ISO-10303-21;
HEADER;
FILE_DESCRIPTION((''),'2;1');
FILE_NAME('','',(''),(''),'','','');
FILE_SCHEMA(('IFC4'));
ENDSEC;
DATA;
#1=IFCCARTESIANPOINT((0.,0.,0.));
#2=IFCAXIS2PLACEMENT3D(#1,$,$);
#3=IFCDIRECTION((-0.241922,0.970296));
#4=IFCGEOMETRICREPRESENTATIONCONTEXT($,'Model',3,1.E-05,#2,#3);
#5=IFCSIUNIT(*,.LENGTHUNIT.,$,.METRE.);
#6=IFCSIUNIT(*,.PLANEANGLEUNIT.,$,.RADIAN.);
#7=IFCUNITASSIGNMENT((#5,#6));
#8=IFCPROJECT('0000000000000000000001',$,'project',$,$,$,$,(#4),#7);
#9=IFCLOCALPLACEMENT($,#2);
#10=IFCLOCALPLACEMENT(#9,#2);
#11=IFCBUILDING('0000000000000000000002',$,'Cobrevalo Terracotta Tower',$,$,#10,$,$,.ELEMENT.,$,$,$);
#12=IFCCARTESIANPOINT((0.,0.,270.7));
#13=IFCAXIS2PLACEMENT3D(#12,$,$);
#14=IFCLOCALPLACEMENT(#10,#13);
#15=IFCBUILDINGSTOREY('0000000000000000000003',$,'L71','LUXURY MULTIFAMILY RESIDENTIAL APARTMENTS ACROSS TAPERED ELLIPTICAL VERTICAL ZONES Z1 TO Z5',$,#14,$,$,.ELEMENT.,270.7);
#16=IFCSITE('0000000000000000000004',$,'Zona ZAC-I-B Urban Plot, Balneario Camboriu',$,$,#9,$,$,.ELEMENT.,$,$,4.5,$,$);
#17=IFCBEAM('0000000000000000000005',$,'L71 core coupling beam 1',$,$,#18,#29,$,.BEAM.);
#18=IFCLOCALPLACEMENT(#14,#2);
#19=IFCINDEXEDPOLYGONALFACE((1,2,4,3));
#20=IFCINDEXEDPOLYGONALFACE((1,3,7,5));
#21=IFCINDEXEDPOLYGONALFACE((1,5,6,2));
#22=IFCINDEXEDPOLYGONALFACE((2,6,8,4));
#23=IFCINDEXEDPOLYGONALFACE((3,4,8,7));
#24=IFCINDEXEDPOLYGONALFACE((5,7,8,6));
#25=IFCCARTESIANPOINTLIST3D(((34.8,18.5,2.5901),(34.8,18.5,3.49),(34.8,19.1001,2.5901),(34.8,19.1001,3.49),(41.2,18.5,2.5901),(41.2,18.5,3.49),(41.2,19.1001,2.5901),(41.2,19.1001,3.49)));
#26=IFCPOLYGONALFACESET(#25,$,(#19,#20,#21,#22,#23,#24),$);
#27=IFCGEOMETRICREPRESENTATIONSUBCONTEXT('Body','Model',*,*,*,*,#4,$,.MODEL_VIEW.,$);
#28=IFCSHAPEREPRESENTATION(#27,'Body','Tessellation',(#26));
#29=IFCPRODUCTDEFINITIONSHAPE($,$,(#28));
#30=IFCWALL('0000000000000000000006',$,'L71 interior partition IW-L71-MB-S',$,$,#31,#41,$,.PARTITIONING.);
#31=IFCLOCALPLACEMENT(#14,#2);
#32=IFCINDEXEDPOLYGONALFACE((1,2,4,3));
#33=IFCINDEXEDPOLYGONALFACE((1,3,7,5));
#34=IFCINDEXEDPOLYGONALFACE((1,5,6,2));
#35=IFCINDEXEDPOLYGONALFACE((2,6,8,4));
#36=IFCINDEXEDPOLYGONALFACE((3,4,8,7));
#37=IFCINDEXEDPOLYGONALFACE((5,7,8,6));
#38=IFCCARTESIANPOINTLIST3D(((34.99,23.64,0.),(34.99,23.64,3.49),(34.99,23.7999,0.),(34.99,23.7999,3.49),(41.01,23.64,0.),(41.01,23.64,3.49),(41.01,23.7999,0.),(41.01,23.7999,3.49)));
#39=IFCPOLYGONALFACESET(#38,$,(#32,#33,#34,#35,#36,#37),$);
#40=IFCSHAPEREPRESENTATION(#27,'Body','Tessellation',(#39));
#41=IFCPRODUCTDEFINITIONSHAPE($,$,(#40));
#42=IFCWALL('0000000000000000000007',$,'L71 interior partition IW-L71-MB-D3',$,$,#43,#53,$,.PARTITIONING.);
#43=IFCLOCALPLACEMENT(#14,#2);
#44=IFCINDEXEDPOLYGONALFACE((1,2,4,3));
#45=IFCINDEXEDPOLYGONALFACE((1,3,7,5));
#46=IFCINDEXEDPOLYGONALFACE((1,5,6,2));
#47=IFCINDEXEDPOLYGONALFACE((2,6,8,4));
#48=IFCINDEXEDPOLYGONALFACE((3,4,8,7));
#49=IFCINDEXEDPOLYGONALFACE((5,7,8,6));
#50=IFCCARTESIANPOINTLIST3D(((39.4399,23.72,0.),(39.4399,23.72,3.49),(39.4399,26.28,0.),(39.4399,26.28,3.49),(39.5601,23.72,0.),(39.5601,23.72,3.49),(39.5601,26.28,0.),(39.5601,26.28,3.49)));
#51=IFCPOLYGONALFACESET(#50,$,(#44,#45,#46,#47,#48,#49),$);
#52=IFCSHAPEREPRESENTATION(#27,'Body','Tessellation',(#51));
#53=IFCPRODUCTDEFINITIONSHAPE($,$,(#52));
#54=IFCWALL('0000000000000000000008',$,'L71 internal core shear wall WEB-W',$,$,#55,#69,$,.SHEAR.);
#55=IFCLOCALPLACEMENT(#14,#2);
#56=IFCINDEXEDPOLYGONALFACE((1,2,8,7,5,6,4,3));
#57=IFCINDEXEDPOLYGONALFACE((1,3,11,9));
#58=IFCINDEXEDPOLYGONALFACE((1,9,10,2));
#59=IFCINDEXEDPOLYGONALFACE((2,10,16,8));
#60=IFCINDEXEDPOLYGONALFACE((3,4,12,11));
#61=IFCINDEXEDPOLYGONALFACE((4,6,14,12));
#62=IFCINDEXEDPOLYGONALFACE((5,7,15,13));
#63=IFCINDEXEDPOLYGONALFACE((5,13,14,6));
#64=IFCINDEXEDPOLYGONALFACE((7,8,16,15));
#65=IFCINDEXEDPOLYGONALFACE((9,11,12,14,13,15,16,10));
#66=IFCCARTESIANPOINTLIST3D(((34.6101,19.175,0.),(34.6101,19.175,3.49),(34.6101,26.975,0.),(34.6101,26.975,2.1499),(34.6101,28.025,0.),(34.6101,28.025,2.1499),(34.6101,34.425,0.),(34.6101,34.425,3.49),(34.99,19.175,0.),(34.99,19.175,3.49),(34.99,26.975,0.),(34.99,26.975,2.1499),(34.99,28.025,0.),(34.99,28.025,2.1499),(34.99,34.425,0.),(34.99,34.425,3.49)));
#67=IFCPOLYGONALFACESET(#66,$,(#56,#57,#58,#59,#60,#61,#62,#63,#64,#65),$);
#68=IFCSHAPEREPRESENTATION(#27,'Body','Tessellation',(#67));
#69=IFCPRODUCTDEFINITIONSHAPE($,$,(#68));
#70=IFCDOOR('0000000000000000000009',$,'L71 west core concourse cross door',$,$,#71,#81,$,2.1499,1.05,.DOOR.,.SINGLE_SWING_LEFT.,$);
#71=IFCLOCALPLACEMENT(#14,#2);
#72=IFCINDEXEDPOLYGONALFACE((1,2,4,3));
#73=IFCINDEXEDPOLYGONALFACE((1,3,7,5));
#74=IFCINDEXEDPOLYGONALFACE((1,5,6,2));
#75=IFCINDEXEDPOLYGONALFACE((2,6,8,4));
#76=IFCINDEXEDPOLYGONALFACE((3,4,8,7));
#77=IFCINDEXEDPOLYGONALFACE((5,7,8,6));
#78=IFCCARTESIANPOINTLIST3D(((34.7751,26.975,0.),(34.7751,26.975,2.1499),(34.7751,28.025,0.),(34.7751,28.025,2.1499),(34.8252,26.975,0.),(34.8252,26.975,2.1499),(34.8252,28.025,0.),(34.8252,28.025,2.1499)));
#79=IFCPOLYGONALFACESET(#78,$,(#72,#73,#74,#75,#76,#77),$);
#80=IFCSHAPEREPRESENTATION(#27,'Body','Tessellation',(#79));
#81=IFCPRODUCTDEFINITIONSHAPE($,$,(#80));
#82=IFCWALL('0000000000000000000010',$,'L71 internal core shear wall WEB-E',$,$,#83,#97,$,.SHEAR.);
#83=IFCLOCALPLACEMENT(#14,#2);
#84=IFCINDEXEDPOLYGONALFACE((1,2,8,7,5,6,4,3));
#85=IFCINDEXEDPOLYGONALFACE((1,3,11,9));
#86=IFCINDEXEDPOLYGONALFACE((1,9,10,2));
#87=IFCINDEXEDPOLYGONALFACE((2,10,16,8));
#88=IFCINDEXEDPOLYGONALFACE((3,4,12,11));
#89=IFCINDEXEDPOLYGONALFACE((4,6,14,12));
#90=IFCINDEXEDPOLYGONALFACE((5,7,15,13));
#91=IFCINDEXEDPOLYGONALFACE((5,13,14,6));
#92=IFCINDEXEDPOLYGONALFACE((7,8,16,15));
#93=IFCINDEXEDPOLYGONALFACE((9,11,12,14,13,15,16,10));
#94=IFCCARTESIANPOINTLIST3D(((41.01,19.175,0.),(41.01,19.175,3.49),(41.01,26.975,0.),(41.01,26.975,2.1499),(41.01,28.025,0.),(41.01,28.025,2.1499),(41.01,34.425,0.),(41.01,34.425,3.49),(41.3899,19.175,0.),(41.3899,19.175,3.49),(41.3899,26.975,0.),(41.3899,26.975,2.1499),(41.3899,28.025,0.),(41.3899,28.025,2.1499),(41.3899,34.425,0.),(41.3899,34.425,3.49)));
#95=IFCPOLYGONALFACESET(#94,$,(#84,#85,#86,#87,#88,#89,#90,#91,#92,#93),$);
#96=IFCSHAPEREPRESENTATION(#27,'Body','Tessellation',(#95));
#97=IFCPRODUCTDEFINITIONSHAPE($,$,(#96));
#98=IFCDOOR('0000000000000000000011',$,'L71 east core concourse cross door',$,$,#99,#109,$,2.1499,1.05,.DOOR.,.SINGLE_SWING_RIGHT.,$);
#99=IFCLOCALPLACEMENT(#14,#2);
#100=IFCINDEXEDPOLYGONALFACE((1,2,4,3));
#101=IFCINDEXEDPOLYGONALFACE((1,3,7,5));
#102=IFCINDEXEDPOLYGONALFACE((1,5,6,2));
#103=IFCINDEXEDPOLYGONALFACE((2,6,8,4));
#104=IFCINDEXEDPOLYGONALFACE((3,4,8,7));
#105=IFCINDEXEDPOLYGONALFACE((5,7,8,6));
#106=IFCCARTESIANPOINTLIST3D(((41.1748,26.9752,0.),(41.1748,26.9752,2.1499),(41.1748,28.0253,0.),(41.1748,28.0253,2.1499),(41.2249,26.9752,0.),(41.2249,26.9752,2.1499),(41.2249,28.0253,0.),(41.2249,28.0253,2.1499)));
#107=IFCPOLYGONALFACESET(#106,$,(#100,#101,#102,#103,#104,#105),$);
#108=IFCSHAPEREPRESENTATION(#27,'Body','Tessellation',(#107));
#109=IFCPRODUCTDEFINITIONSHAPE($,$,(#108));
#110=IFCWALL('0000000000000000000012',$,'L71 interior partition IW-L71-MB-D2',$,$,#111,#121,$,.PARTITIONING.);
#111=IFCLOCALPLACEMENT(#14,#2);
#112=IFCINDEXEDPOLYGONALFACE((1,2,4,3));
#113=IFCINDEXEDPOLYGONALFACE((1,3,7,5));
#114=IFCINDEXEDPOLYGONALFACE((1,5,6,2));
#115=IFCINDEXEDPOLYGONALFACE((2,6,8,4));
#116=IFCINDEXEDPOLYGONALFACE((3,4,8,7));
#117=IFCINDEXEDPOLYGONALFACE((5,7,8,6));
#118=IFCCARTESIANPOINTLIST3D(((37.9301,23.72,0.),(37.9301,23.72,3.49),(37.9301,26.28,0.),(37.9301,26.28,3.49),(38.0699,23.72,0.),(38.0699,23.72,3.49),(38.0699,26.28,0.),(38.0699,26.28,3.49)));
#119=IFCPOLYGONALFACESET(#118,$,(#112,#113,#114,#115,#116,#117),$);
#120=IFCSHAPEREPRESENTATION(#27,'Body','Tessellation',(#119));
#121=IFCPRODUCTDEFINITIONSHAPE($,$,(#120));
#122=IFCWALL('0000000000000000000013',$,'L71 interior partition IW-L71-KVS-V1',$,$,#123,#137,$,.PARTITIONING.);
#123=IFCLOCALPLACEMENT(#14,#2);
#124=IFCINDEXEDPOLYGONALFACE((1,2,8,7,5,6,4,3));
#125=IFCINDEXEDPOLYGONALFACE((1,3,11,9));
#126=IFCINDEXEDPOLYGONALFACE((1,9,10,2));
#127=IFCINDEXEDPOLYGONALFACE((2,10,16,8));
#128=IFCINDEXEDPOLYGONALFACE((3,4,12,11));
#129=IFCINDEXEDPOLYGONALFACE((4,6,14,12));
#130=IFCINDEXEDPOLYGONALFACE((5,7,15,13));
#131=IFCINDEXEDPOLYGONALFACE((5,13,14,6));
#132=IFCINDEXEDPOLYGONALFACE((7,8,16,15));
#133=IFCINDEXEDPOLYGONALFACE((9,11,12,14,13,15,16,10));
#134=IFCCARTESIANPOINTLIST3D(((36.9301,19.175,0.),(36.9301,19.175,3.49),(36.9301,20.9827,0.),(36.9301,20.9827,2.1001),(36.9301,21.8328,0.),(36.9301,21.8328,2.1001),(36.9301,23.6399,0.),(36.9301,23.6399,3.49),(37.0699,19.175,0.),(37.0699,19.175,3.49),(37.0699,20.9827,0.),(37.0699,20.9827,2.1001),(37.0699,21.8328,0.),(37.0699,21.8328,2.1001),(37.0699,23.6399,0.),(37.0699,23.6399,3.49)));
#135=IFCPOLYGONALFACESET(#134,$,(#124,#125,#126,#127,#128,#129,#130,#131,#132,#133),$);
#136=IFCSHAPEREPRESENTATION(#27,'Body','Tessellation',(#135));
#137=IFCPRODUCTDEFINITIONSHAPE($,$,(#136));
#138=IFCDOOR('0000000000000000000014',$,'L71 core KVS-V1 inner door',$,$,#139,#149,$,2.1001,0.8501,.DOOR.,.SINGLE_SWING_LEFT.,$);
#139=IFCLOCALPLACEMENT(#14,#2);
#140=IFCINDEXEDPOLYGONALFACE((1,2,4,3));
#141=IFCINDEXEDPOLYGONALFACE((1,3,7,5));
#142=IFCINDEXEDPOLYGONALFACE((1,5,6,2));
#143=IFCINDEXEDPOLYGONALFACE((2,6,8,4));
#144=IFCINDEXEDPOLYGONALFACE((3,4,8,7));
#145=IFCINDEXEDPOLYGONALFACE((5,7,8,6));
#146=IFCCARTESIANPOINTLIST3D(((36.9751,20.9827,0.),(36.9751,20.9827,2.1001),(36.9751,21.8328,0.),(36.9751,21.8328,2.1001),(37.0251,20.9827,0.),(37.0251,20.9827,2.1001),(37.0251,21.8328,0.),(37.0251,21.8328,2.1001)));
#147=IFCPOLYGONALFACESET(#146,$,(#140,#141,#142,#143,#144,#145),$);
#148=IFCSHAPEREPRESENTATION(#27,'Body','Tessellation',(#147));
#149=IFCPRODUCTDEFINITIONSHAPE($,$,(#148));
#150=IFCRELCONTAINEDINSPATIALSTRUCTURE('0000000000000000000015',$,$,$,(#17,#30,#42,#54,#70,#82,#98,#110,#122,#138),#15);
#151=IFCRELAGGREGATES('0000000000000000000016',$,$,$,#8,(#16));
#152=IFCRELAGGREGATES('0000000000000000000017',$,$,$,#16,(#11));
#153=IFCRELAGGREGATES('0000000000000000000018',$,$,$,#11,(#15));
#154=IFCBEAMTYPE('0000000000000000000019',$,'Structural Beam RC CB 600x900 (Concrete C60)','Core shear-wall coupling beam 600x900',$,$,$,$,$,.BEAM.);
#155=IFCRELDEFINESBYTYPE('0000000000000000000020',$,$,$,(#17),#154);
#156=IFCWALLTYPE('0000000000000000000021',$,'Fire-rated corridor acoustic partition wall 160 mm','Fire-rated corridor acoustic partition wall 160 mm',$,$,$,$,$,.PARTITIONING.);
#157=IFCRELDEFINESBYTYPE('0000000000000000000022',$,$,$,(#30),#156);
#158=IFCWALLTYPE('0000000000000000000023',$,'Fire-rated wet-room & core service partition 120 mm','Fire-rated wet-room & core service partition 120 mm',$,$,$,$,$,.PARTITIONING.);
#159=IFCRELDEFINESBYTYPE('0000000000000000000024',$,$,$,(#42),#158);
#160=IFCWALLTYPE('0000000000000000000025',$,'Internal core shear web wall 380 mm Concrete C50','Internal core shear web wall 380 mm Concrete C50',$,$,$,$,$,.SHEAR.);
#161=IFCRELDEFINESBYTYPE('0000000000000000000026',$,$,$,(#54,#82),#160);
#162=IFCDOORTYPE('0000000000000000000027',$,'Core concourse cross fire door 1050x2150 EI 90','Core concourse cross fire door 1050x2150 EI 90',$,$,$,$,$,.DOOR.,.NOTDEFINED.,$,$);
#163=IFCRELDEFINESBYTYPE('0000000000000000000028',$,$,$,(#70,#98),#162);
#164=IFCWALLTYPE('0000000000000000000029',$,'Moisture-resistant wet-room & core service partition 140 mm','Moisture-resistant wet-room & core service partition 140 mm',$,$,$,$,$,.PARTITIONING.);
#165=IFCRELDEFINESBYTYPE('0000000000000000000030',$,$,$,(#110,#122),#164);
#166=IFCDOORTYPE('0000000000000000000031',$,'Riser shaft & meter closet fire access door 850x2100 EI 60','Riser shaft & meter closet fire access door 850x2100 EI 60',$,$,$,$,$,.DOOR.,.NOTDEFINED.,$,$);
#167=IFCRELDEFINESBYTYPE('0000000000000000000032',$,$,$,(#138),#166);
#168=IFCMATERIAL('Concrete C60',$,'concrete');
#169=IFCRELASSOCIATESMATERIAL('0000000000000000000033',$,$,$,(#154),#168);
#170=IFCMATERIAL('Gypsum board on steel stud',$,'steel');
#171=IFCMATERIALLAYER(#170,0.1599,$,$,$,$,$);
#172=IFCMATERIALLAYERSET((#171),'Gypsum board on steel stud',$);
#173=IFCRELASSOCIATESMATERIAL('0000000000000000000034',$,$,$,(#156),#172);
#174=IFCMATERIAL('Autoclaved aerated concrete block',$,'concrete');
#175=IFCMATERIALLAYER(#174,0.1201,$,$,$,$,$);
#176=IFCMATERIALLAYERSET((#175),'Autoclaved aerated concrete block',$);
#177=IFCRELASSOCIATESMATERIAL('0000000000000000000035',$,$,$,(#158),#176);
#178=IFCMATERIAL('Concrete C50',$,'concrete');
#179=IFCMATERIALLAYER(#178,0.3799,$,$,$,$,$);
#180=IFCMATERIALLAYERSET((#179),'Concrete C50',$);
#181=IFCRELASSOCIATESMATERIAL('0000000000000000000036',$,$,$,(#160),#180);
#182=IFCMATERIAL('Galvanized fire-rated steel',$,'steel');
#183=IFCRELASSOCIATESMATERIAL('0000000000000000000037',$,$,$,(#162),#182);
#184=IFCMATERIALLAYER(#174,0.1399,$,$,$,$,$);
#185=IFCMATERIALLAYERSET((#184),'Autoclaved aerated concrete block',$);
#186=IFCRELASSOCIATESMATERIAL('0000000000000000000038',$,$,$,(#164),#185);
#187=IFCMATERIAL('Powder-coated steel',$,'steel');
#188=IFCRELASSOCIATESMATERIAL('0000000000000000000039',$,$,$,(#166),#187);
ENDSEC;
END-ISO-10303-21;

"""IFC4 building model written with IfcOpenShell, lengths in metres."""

from ifc_helpers import new_model, si_unit, direction, frame, frame_2d, origin, origin_2d, place, context, subcontext, project, spatial, rectangle, extrude, source, transform, mapped, material, layer, layer_set, material_profile, profile_set, type_object, element, fill, save


model = new_model("IFC4")

# Units and contexts
model_context = context("Model", 3, precision=1e-05, world=origin(), true_north=direction((-0.241922, 0.970296)))
body_context = subcontext(model_context, "Body", "Model", "MODEL_VIEW")
ifc_project = project(units=[si_unit("LENGTHUNIT", "METRE"), si_unit("PLANEANGLEUNIT", "RADIAN")], contexts=[model_context])

# Site, building, storey
site_placement = place(None, origin())
site = spatial("IfcSite", under=ifc_project, at=site_placement, Name="Zona ZAC-I-B Urban Plot, Balneario Camboriu", CompositionType="ELEMENT", RefElevation=4.5)
building_placement = place(site_placement, origin())
building = spatial("IfcBuilding", under=site, at=building_placement, Name="Cobrevalo Terracotta Tower", CompositionType="ELEMENT")
storey_placement = place(building_placement, frame((0.0, 0.0, 270.7)))
storey = spatial("IfcBuildingStorey", under=building, at=storey_placement, Name="L71", Description="LUXURY MULTIFAMILY RESIDENTIAL APARTMENTS ACROSS TAPERED ELLIPTICAL VERTICAL ZONES Z1 TO Z5", CompositionType="ELEMENT", Elevation=270.7)

# Beam
ifc_material_1 = material(Name="Concrete C60", Category="concrete")
ifc_material_profile = material_profile(ifc_material_1, rectangle(XDim=0.6001, YDim=0.8999, at=origin_2d()), Name="RC CB 600x900")
ifc_profile_set = profile_set([ifc_material_profile], Name="Concrete C60")
beam_type = type_object("IfcBeamType", Name="Structural Beam RC CB 600x900 (Concrete C60)", Description="Core shear-wall coupling beam 600x900", PredefinedType="BEAM", material=ifc_profile_set)
beam_placement = place(storey_placement, frame((34.8, 18.8, 3.04), z_axis=(1.0, 0.0, 0.0), x_axis=(0.0, 1.0, 0.0)))
element("IfcBeam", 1, at=beam_placement, inside=storey, type_object=beam_type, Name="L71 core coupling beam 1", PredefinedType="BEAM", context=body_context, shape_type="SweptSolid", body=[
    extrude(rectangle(XDim=0.6001, YDim=0.8999, at=origin_2d()), origin(), (0.0, 0.0, 1.0), 6.3999),
])

# Walls
ifc_material_2 = material(Name="Gypsum board on steel stud", Category="steel")
ifc_layer_1 = layer(ifc_material_2, 0.1599)
ifc_layer_set_1 = layer_set([ifc_layer_1], Name="Gypsum board on steel stud")
wall_type_1 = type_object("IfcWallType", Name="Fire-rated corridor acoustic partition wall 160 mm", Description="Fire-rated corridor acoustic partition wall 160 mm", PredefinedType="PARTITIONING", material=ifc_layer_set_1)
wall_1_placement = place(storey_placement, frame((34.99, 23.72, 0.0), z_axis=(0.0, 0.0, 1.0), x_axis=(1.0, 0.0, 0.0)))
element("IfcWall", 2, at=wall_1_placement, inside=storey, type_object=wall_type_1, Name="L71 interior partition IW-L71-MB-S", PredefinedType="PARTITIONING", context=body_context, shape_type="SweptSolid", body=[
    extrude(rectangle(XDim=6.02, YDim=0.1599, at=frame_2d((3.01, 0.0))), origin(), (0.0, 0.0, 1.0), 3.49),
])
ifc_material_3 = material(Name="Autoclaved aerated concrete block", Category="concrete")
ifc_layer_2 = layer(ifc_material_3, 0.1201)
ifc_layer_set_2 = layer_set([ifc_layer_2], Name="Autoclaved aerated concrete block")
wall_type_2 = type_object("IfcWallType", Name="Fire-rated wet-room & core service partition 120 mm", Description="Fire-rated wet-room & core service partition 120 mm", PredefinedType="PARTITIONING", material=ifc_layer_set_2)
wall_2_placement = place(storey_placement, frame((39.5, 23.72, 0.0), z_axis=(0.0, 0.0, 1.0), x_axis=(0.0, 1.0, 0.0)))
element("IfcWall", 3, at=wall_2_placement, inside=storey, type_object=wall_type_2, Name="L71 interior partition IW-L71-MB-D3", PredefinedType="PARTITIONING", context=body_context, shape_type="SweptSolid", body=[
    extrude(rectangle(XDim=2.5601, YDim=0.1201, at=frame_2d((1.28, 0.0))), origin(), (0.0, 0.0, 1.0), 3.49),
])

# Walls, openings, doors
ifc_material_4 = material(Name="Concrete C50", Category="concrete")
ifc_layer_3 = layer(ifc_material_4, 0.3799)
ifc_layer_set_3 = layer_set([ifc_layer_3], Name="Concrete C50")
wall_type_3 = type_object("IfcWallType", Name="Internal core shear web wall 380 mm Concrete C50", Description="Internal core shear web wall 380 mm Concrete C50", PredefinedType="SHEAR", material=ifc_layer_set_3)
wall_3_placement = place(storey_placement, frame((34.8, 19.175, 0.0), z_axis=(0.0, 0.0, 1.0), x_axis=(0.0, 1.0, 0.0)))
wall_3 = element("IfcWall", 4, at=wall_3_placement, inside=storey, type_object=wall_type_3, Name="L71 internal core shear wall WEB-W", PredefinedType="SHEAR", context=body_context, shape_type="SweptSolid", body=[
    extrude(rectangle(XDim=15.25, YDim=0.3799, at=frame_2d((7.625, 0.0))), origin(), (0.0, 0.0, 1.0), 3.49),
])
opening_1_placement = place(wall_3_placement, frame((7.8, 0.0, 0.0)))
opening_1 = element("IfcOpeningElement", 5, at=opening_1_placement, cuts=wall_3, PredefinedType="OPENING", context=body_context, shape_type="SweptSolid", body=[
    extrude(rectangle(XDim=1.05, YDim=2.1499, at=frame_2d((0.5249, 1.075))), frame((0.0, 0.2, 0.0), z_axis=(0.0, -1.0, 0.0), x_axis=(1.0, 0.0, 0.0)), (0.0, 0.0, 1.0), 0.3999),
])
ifc_material_5 = material(Name="Galvanized fire-rated steel", Category="steel")
door_type_1 = type_object("IfcDoorType", Name="Core concourse cross fire door 1050x2150 EI 90", Description="Core concourse cross fire door 1050x2150 EI 90", OperationType="NOTDEFINED", PredefinedType="DOOR", material=ifc_material_5)
shared_shape_1 = source(origin(), body_context, "Body", "SweptSolid", [
    extrude(rectangle(XDim=1.05, YDim=2.1499, at=frame_2d((0.5249, 1.075))), frame((0.0, 0.0249, 0.0), z_axis=(0.0, -1.0, 0.0), x_axis=(1.0, 0.0, 0.0)), (0.0, 0.0, 1.0), 0.05),
])
door_1_placement = place(opening_1_placement, origin())
door_1 = element("IfcDoor", 6, at=door_1_placement, inside=storey, type_object=door_type_1, Name="L71 west core concourse cross door", OperationType="SINGLE_SWING_LEFT", OverallHeight=2.1499, OverallWidth=1.05, PredefinedType="DOOR", context=body_context, shape_type="MappedRepresentation", body=[
    mapped(shared_shape_1, transform((0.0, 0.0, 0.0), scale=1.0)),
])
fill(opening_1, door_1)
wall_4_placement = place(storey_placement, frame((41.2, 19.175, 0.0), z_axis=(0.0, 0.0, 1.0), x_axis=(0.0, 1.0, 0.0)))
wall_4 = element("IfcWall", 7, at=wall_4_placement, inside=storey, type_object=wall_type_3, Name="L71 internal core shear wall WEB-E", PredefinedType="SHEAR", context=body_context, shape_type="SweptSolid", body=[
    extrude(rectangle(XDim=15.25, YDim=0.3799, at=frame_2d((7.625, 0.0))), origin(), (0.0, 0.0, 1.0), 3.49),
])
opening_2_placement = place(wall_4_placement, frame((7.8, 0.0, 0.0)))
opening_2 = element("IfcOpeningElement", 8, at=opening_2_placement, cuts=wall_4, PredefinedType="OPENING", context=body_context, shape_type="SweptSolid", body=[
    extrude(rectangle(XDim=1.05, YDim=2.1499, at=frame_2d((0.5249, 1.075))), frame((0.0, 0.2, 0.0), z_axis=(0.0, -1.0, 0.0), x_axis=(1.0, 0.0, 0.0)), (0.0, 0.0, 1.0), 0.3999),
])
door_2_placement = place(opening_2_placement, frame((1.05, 0.0, 0.0), z_axis=(0.0, 0.0, 1.0), x_axis=(-1.0, 0.0, 0.0)))
door_2 = element("IfcDoor", 9, at=door_2_placement, inside=storey, type_object=door_type_1, Name="L71 east core concourse cross door", OperationType="SINGLE_SWING_RIGHT", OverallHeight=2.1499, OverallWidth=1.05, PredefinedType="DOOR", context=body_context, shape_type="MappedRepresentation", body=[
    mapped(shared_shape_1, transform((0.0, 0.0, 0.0), scale=1.0)),
])
fill(opening_2, door_2)

# Wall
ifc_layer_4 = layer(ifc_material_3, 0.1399)
ifc_layer_set_4 = layer_set([ifc_layer_4], Name="Autoclaved aerated concrete block")
wall_type_4 = type_object("IfcWallType", Name="Moisture-resistant wet-room & core service partition 140 mm", Description="Moisture-resistant wet-room & core service partition 140 mm", PredefinedType="PARTITIONING", material=ifc_layer_set_4)
wall_5_placement = place(storey_placement, frame((38.0, 23.72, 0.0), z_axis=(0.0, 0.0, 1.0), x_axis=(0.0, 1.0, 0.0)))
element("IfcWall", 10, at=wall_5_placement, inside=storey, type_object=wall_type_4, Name="L71 interior partition IW-L71-MB-D2", PredefinedType="PARTITIONING", context=body_context, shape_type="SweptSolid", body=[
    extrude(rectangle(XDim=2.5601, YDim=0.1399, at=frame_2d((1.28, 0.0))), origin(), (0.0, 0.0, 1.0), 3.49),
])

# Wall, opening, door
wall_6_placement = place(storey_placement, frame((37.0, 19.175, 0.0), z_axis=(0.0, 0.0, 1.0), x_axis=(0.0, 1.0, 0.0)))
wall_6 = element("IfcWall", 11, at=wall_6_placement, inside=storey, type_object=wall_type_4, Name="L71 interior partition IW-L71-KVS-V1", PredefinedType="PARTITIONING", context=body_context, shape_type="SweptSolid", body=[
    extrude(rectangle(XDim=4.4648, YDim=0.1399, at=frame_2d((2.2324, 0.0))), origin(), (0.0, 0.0, 1.0), 3.49),
])
opening_3_placement = place(wall_6_placement, frame((1.8076, 0.0, 0.0)))
opening_3 = element("IfcOpeningElement", 12, at=opening_3_placement, cuts=wall_6, PredefinedType="OPENING", context=body_context, shape_type="SweptSolid", body=[
    extrude(rectangle(XDim=0.8501, YDim=2.1001, at=frame_2d((0.425, 1.05))), frame((0.0, 0.0801, 0.0), z_axis=(0.0, -1.0, 0.0), x_axis=(1.0, 0.0, 0.0)), (0.0, 0.0, 1.0), 0.1599),
])
ifc_material_6 = material(Name="Powder-coated steel", Category="steel")
door_type_2 = type_object("IfcDoorType", Name="Riser shaft & meter closet fire access door 850x2100 EI 60", Description="Riser shaft & meter closet fire access door 850x2100 EI 60", OperationType="NOTDEFINED", PredefinedType="DOOR", material=ifc_material_6)
shared_shape_2 = source(origin(), body_context, "Body", "SweptSolid", [
    extrude(rectangle(XDim=0.8501, YDim=2.1001, at=frame_2d((0.425, 1.05))), frame((0.0, 0.0249, 0.0), z_axis=(0.0, -1.0, 0.0), x_axis=(1.0, 0.0, 0.0)), (0.0, 0.0, 1.0), 0.05),
])
door_3_placement = place(opening_3_placement, origin())
door_3 = element("IfcDoor", 13, at=door_3_placement, inside=storey, type_object=door_type_2, Name="L71 core KVS-V1 inner door", OperationType="SINGLE_SWING_LEFT", OverallHeight=2.1001, OverallWidth=0.8501, PredefinedType="DOOR", context=body_context, shape_type="MappedRepresentation", body=[
    mapped(shared_shape_2, transform((0.0, 0.0, 0.0), scale=1.0)),
])
fill(opening_3, door_3)

save(model, "model.ifc")
